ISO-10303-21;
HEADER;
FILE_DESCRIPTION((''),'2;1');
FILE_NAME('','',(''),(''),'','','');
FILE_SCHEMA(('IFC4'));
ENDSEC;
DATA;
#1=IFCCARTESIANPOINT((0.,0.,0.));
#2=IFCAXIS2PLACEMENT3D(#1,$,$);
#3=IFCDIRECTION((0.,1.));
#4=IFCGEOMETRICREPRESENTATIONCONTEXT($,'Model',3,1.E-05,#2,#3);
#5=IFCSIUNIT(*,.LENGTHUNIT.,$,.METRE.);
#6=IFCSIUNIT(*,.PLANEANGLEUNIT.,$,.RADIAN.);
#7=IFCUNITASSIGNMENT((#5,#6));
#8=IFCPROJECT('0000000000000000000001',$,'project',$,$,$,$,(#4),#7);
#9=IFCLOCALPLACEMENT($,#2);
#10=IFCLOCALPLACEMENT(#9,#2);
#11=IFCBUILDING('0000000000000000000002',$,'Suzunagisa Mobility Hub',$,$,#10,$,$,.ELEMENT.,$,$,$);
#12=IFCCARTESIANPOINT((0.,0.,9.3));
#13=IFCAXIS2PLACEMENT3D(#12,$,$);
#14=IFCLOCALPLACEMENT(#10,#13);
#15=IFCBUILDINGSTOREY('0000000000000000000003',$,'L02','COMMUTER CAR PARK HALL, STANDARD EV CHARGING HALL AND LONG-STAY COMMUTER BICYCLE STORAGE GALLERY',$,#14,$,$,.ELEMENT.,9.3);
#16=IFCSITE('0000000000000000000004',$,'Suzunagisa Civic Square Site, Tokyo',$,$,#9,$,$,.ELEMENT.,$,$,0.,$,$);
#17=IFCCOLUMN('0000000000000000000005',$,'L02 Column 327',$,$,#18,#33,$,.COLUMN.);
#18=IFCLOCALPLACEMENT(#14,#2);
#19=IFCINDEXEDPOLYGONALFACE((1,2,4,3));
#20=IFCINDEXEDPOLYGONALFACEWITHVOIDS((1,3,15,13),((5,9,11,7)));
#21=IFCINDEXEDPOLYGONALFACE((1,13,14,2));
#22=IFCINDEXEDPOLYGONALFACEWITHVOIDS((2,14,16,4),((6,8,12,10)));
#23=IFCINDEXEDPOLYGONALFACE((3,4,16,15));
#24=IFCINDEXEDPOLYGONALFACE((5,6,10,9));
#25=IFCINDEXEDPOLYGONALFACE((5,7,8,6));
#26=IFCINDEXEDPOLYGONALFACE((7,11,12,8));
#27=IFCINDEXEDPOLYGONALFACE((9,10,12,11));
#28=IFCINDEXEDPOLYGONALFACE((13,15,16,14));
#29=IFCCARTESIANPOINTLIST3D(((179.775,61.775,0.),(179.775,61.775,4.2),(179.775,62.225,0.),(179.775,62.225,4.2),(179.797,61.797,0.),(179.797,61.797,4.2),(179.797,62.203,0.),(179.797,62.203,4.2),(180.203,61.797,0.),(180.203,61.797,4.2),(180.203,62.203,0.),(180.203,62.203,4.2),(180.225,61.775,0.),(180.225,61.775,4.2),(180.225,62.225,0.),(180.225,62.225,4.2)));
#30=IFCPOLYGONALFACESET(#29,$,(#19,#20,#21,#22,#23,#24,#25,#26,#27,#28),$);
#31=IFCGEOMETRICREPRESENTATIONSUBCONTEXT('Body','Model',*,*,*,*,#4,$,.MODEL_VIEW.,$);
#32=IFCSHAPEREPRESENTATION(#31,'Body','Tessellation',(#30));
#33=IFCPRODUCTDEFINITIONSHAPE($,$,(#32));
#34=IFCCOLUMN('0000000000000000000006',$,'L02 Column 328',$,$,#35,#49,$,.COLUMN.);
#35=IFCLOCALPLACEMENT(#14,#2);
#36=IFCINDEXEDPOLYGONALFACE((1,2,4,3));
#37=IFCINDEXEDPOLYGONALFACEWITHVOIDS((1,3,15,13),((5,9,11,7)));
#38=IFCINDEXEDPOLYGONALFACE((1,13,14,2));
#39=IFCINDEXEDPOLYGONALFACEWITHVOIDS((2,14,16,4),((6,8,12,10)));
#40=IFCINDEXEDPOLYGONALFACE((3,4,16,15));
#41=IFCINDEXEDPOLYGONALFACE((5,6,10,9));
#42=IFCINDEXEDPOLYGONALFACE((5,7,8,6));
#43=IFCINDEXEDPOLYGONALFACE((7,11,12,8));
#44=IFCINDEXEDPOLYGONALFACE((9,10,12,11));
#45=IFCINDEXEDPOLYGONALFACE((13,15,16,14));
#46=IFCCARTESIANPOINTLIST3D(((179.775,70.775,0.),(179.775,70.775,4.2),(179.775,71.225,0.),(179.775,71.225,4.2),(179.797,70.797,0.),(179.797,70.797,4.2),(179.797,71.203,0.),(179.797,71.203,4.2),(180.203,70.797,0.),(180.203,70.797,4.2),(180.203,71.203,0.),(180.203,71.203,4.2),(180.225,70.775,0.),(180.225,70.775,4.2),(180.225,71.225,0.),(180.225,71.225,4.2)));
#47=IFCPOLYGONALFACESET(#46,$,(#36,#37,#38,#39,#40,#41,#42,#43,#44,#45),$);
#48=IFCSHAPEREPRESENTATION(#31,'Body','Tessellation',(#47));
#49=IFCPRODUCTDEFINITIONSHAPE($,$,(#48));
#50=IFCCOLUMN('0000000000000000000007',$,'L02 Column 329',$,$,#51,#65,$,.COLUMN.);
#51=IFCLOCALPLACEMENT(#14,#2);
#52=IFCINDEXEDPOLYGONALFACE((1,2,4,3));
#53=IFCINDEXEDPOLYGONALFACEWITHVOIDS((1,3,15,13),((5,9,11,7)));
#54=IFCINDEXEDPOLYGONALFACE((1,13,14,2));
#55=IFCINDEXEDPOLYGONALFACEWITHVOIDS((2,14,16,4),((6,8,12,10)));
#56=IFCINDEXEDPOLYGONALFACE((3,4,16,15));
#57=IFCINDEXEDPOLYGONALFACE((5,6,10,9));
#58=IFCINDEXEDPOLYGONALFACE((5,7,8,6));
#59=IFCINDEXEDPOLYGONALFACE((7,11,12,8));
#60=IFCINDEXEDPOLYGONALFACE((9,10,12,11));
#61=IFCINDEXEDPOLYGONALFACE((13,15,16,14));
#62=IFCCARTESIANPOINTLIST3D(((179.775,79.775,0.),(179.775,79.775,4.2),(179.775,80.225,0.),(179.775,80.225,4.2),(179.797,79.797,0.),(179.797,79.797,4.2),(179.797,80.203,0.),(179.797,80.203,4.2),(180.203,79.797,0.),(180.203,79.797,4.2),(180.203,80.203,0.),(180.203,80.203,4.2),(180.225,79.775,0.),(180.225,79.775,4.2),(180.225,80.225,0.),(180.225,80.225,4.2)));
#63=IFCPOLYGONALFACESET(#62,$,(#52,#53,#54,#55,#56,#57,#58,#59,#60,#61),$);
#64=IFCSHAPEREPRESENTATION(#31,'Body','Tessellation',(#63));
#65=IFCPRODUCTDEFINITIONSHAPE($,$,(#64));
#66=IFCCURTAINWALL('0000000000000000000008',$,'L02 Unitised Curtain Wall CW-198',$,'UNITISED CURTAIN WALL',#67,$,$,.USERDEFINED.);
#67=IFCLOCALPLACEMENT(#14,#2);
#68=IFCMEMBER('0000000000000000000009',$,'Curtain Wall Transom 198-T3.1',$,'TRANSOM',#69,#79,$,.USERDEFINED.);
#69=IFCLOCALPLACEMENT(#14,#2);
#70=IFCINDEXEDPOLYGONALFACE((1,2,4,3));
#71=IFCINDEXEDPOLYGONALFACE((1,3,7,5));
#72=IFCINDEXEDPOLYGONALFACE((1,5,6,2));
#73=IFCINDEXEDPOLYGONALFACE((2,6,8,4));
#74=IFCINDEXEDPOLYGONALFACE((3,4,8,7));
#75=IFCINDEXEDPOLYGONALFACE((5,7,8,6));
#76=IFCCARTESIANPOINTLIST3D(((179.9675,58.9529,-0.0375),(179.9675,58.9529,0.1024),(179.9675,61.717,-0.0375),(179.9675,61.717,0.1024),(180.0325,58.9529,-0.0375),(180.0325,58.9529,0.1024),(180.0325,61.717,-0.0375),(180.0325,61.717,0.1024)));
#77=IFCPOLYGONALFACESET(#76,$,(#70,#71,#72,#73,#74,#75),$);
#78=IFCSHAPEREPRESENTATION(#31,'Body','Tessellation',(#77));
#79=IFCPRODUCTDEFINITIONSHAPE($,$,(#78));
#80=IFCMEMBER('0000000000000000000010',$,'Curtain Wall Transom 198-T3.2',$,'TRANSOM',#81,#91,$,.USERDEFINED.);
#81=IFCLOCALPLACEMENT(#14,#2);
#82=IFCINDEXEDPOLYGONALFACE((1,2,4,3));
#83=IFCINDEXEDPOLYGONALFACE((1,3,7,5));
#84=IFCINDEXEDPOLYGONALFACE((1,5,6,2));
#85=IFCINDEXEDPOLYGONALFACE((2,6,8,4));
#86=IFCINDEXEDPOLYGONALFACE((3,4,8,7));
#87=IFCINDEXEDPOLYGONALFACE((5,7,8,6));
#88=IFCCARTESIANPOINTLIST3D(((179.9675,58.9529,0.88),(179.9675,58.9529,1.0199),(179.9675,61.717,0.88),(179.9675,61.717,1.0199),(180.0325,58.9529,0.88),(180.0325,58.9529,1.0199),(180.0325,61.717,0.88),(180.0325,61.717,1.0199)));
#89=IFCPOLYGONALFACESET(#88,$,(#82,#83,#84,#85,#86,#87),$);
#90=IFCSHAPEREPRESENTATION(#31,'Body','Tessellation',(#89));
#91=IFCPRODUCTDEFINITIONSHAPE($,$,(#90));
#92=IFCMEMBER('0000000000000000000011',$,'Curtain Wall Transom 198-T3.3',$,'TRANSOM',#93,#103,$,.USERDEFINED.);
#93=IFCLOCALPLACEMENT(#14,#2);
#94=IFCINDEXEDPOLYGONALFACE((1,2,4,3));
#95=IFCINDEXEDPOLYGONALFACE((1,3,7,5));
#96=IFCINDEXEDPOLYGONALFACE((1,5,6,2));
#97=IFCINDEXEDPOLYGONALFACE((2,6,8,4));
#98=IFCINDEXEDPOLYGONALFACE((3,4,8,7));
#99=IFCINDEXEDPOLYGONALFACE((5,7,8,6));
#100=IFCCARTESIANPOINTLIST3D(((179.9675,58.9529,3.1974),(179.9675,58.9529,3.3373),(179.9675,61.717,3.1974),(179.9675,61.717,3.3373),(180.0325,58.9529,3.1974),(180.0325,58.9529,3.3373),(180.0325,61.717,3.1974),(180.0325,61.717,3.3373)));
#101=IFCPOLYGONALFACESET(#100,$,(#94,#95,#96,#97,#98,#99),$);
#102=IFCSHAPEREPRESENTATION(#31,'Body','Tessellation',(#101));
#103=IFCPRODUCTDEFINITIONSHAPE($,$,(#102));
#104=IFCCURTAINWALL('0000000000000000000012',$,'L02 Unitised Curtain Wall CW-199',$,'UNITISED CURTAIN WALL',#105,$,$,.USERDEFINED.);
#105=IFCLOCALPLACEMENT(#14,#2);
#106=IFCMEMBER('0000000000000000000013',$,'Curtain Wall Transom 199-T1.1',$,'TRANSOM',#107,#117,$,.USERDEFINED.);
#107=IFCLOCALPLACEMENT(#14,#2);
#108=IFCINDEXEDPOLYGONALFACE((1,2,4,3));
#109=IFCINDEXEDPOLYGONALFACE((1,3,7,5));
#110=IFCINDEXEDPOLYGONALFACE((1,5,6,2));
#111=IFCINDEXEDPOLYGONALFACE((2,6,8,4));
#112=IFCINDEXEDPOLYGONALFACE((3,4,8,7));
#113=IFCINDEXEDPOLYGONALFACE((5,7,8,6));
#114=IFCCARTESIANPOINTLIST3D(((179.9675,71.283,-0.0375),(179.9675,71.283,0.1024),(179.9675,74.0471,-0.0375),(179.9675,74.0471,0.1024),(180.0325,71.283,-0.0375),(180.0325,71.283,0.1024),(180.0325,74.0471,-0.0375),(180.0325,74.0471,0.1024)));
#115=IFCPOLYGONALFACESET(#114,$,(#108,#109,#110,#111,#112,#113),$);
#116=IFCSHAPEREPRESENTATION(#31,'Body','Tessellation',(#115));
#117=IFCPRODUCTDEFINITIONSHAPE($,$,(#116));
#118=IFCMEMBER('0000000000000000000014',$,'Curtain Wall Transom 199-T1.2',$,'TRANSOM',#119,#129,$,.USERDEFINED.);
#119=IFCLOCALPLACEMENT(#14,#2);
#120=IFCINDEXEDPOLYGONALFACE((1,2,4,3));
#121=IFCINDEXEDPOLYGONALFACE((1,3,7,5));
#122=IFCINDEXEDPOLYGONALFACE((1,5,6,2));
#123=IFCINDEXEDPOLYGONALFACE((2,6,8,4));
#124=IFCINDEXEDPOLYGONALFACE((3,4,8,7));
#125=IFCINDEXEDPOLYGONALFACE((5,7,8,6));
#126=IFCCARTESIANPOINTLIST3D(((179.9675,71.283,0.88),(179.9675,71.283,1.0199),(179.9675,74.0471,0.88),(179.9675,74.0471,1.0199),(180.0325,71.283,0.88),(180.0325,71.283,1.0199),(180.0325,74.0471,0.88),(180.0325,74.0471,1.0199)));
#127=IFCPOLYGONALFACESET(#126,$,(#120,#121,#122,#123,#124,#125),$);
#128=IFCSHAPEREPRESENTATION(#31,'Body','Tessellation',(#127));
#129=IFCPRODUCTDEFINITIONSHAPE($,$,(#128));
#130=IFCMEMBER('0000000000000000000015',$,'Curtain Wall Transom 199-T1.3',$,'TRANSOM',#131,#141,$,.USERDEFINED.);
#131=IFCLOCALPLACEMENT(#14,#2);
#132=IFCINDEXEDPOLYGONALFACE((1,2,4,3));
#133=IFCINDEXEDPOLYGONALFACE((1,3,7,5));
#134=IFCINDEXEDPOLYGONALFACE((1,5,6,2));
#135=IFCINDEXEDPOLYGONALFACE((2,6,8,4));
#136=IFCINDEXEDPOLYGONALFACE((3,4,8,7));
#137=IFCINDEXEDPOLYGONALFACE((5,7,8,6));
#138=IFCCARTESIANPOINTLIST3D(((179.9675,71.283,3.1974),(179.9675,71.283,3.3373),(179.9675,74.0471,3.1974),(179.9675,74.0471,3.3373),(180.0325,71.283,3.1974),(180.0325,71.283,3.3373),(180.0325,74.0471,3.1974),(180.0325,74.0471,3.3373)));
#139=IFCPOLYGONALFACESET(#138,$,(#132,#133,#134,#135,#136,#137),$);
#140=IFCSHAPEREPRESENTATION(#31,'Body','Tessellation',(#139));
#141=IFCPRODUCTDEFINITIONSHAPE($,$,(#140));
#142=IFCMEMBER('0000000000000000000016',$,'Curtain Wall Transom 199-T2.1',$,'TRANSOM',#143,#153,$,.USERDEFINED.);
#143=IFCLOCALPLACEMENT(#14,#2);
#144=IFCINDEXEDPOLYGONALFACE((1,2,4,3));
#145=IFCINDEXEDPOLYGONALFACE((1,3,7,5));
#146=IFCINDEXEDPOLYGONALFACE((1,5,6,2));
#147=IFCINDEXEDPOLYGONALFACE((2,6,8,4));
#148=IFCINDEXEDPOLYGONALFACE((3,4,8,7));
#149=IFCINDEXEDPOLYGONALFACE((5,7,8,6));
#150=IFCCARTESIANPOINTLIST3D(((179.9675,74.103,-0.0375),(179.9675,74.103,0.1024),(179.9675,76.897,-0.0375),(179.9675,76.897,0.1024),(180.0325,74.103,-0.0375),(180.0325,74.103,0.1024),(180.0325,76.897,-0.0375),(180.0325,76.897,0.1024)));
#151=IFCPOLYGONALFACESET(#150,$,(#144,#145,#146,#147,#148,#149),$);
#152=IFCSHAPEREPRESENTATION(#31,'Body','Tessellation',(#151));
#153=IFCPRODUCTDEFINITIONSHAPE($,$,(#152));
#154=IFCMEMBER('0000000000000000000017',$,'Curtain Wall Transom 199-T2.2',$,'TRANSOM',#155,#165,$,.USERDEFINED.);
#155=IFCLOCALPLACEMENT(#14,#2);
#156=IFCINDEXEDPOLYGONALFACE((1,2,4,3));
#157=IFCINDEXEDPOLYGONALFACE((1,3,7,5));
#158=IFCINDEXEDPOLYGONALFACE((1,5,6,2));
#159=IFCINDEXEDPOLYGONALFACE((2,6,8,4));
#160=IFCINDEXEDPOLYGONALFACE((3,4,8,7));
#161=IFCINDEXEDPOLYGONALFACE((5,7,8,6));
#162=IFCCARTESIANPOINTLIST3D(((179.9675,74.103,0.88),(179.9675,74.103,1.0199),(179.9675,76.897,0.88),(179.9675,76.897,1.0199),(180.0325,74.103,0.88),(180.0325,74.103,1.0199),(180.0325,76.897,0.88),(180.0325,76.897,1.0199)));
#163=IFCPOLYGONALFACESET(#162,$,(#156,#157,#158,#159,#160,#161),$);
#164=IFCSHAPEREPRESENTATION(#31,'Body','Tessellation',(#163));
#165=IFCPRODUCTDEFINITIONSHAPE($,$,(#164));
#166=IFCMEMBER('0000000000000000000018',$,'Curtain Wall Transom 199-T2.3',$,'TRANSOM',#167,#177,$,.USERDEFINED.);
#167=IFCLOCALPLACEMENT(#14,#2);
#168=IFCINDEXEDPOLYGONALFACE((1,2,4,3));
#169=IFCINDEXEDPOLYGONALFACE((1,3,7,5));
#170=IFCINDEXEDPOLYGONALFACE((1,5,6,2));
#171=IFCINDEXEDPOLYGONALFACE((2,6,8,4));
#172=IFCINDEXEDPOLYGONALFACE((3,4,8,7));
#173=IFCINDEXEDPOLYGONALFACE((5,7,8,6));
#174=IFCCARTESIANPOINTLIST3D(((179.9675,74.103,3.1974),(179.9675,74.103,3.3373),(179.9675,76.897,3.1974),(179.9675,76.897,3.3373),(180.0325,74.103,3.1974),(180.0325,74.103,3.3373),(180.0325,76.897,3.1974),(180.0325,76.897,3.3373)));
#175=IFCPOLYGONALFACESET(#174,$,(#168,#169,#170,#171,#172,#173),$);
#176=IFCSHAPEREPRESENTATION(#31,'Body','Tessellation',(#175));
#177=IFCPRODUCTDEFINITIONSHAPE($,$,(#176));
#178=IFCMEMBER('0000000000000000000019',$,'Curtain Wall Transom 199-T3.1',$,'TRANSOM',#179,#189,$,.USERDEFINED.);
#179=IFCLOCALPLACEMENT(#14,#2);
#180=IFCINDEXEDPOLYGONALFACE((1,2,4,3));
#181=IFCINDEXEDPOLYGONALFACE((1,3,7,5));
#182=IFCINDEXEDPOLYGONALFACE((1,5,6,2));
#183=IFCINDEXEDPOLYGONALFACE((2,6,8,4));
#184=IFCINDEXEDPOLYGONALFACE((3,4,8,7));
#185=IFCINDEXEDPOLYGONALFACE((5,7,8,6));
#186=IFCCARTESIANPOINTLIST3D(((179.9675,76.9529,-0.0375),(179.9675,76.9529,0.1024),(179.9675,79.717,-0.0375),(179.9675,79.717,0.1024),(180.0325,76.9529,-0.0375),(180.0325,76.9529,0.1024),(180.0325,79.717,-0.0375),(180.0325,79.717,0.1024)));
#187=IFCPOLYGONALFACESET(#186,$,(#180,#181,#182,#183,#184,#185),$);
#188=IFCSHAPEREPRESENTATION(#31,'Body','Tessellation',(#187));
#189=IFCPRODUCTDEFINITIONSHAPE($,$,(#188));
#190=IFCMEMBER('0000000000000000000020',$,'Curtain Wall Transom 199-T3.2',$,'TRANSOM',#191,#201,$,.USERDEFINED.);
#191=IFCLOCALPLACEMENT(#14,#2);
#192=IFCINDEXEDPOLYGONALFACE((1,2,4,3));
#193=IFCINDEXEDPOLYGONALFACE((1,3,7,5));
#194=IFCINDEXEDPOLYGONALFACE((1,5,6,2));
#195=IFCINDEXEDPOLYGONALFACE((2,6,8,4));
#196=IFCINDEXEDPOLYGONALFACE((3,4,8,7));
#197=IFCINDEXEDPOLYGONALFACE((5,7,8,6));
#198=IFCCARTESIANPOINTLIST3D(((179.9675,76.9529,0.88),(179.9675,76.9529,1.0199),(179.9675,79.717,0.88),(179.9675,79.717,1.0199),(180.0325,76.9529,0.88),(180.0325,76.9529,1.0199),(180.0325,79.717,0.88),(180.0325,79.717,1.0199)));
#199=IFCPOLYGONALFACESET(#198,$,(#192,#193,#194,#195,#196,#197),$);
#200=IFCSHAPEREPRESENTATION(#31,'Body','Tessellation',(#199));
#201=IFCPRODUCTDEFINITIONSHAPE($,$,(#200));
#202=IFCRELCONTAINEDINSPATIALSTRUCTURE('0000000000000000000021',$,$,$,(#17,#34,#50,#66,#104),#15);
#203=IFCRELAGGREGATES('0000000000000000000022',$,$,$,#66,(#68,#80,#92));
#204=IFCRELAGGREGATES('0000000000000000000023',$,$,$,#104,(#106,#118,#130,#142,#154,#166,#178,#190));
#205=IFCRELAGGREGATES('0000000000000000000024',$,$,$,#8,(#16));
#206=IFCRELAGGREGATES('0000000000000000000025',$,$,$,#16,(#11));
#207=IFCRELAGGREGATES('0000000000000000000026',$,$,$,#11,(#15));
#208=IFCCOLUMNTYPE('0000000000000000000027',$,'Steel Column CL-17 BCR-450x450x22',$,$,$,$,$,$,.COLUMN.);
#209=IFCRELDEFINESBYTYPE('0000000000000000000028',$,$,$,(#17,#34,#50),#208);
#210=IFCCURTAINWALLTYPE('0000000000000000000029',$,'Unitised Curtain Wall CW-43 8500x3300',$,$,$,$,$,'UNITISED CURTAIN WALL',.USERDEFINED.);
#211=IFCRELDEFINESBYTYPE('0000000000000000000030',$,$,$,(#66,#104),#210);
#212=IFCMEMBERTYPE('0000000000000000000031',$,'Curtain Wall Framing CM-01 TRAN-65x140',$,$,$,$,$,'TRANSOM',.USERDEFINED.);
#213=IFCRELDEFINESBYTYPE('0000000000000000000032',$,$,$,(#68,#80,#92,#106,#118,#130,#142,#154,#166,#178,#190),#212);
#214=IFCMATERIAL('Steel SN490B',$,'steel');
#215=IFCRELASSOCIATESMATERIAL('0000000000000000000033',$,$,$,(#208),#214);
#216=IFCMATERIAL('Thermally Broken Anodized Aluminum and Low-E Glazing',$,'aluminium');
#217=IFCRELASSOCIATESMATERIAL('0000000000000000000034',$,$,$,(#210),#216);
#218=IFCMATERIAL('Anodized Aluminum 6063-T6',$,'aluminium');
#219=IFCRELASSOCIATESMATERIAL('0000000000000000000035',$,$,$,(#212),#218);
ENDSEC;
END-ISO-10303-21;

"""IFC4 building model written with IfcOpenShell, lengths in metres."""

from ifc_helpers import new_model, si_unit, direction, frame, origin, origin_2d, place, context, subcontext, project, spatial, rectangle, hollow_rectangle, extrude, material, material_profile, profile_set, type_object, element, aggregate, save


model = new_model("IFC4")

# Units and contexts
model_context = context("Model", 3, precision=1e-05, world=origin(), true_north=direction((0.0, 1.0)))
body_context = subcontext(model_context, "Body", "Model", "MODEL_VIEW")
ifc_project = project(units=[si_unit("LENGTHUNIT", "METRE"), si_unit("PLANEANGLEUNIT", "RADIAN")], contexts=[model_context])

# Site, building, storey
site_placement = place(None, origin())
site = spatial("IfcSite", under=ifc_project, at=site_placement, Name="Suzunagisa Civic Square Site, Tokyo", CompositionType="ELEMENT", RefElevation=0.0)
building_placement = place(site_placement, origin())
building = spatial("IfcBuilding", under=site, at=building_placement, Name="Suzunagisa Mobility Hub", CompositionType="ELEMENT")
storey_placement = place(building_placement, frame((0.0, 0.0, 9.3)))
storey = spatial("IfcBuildingStorey", under=building, at=storey_placement, Name="L02", Description="COMMUTER CAR PARK HALL, STANDARD EV CHARGING HALL AND LONG-STAY COMMUTER BICYCLE STORAGE GALLERY", CompositionType="ELEMENT", Elevation=9.3)

# Columns
ifc_material_1 = material(Name="Steel SN490B", Category="steel")
ifc_material_profile_1 = material_profile(ifc_material_1, hollow_rectangle(XDim=0.45, YDim=0.45, WallThickness=0.022, at=origin_2d()), Name="BCR-450x450x22")
ifc_profile_set_1 = profile_set([ifc_material_profile_1], Name="Steel SN490B")
column_type = type_object("IfcColumnType", Name="Steel Column CL-17 BCR-450x450x22", PredefinedType="COLUMN", material=ifc_profile_set_1)
for number, where, z_axis, x_axis, name in (
    (1, (180.0, 62.0, 0.0), (0.0, 0.0, 1.0), (1.0, 0.0, 0.0), "L02 Column 327"),
    (2, (180.0, 71.0, 0.0), (0.0, 0.0, 1.0), (1.0, 0.0, 0.0), "L02 Column 328"),
    (3, (180.0, 80.0, 0.0), (0.0, 0.0, 1.0), (1.0, 0.0, 0.0), "L02 Column 329"),
):
    element("IfcColumn", number, at=place(storey_placement, frame(where, z_axis=z_axis, x_axis=x_axis)), inside=storey, type_object=column_type, Name=name, PredefinedType="COLUMN", context=body_context, shape_type="SweptSolid", body=[
        extrude(hollow_rectangle(XDim=0.45, YDim=0.45, WallThickness=0.022, at=origin_2d()), origin(), (0.0, 0.0, 1.0), 4.2),
    ])

# Curtain walls, members
ifc_material_2 = material(Name="Thermally Broken Anodized Aluminum and Low-E Glazing", Category="aluminium")
curtain_wall_type = type_object("IfcCurtainWallType", Name="Unitised Curtain Wall CW-43 8500x3300", ElementType="UNITISED CURTAIN WALL", PredefinedType="USERDEFINED", material=ifc_material_2)
curtain_wall_1_placement = place(storey_placement, origin())
curtain_wall_1 = element("IfcCurtainWall", 4, at=curtain_wall_1_placement, inside=storey, type_object=curtain_wall_type, Name="L02 Unitised Curtain Wall CW-198", ObjectType="UNITISED CURTAIN WALL", PredefinedType="USERDEFINED")
ifc_material_3 = material(Name="Anodized Aluminum 6063-T6", Category="aluminium")
ifc_material_profile_2 = material_profile(ifc_material_3, rectangle(XDim=0.0649, YDim=0.1399, at=origin_2d()), Name="TRAN-65x140")
ifc_profile_set_2 = profile_set([ifc_material_profile_2], Name="Anodized Aluminum 6063-T6")
member_type_1 = type_object("IfcMemberType", Name="Curtain Wall Framing CM-01 TRAN-65x140", ElementType="TRANSOM", PredefinedType="USERDEFINED", material=ifc_profile_set_2)
member_1_placement = place(storey_placement, frame((180.0, 58.9529, 0.0325), z_axis=(0.0, 1.0, 0.0), x_axis=(-1.0, 0.0, 0.0)))
member_1 = element("IfcMember", 5, at=member_1_placement, type_object=member_type_1, Name="Curtain Wall Transom 198-T3.1", ObjectType="TRANSOM", PredefinedType="USERDEFINED", context=body_context, shape_type="SweptSolid", body=[
    extrude(rectangle(XDim=0.0649, YDim=0.1399, at=origin_2d()), origin(), (0.0, 0.0, 1.0), 2.7642),
])
member_2_placement = place(storey_placement, frame((180.0, 58.9529, 0.95), z_axis=(0.0, 1.0, 0.0), x_axis=(-1.0, 0.0, 0.0)))
member_2 = element("IfcMember", 6, at=member_2_placement, type_object=member_type_1, Name="Curtain Wall Transom 198-T3.2", ObjectType="TRANSOM", PredefinedType="USERDEFINED", context=body_context, shape_type="SweptSolid", body=[
    extrude(rectangle(XDim=0.0649, YDim=0.1399, at=origin_2d()), origin(), (0.0, 0.0, 1.0), 2.7642),
])
member_3_placement = place(storey_placement, frame((180.0, 58.9529, 3.2673), z_axis=(0.0, 1.0, 0.0), x_axis=(-1.0, 0.0, 0.0)))
member_3 = element("IfcMember", 7, at=member_3_placement, type_object=member_type_1, Name="Curtain Wall Transom 198-T3.3", ObjectType="TRANSOM", PredefinedType="USERDEFINED", context=body_context, shape_type="SweptSolid", body=[
    extrude(rectangle(XDim=0.0649, YDim=0.1399, at=origin_2d()), origin(), (0.0, 0.0, 1.0), 2.7642),
])
curtain_wall_2_placement = place(storey_placement, origin())
curtain_wall_2 = element("IfcCurtainWall", 8, at=curtain_wall_2_placement, inside=storey, type_object=curtain_wall_type, Name="L02 Unitised Curtain Wall CW-199", ObjectType="UNITISED CURTAIN WALL", PredefinedType="USERDEFINED")
member_4_placement = place(storey_placement, frame((180.0, 71.283, 0.0325), z_axis=(0.0, 1.0, 0.0), x_axis=(-1.0, 0.0, 0.0)))
member_4 = element("IfcMember", 9, at=member_4_placement, type_object=member_type_1, Name="Curtain Wall Transom 199-T1.1", ObjectType="TRANSOM", PredefinedType="USERDEFINED", context=body_context, shape_type="SweptSolid", body=[
    extrude(rectangle(XDim=0.0649, YDim=0.1399, at=origin_2d()), origin(), (0.0, 0.0, 1.0), 2.7642),
])
member_5_placement = place(storey_placement, frame((180.0, 71.283, 0.95), z_axis=(0.0, 1.0, 0.0), x_axis=(-1.0, 0.0, 0.0)))
member_5 = element("IfcMember", 10, at=member_5_placement, type_object=member_type_1, Name="Curtain Wall Transom 199-T1.2", ObjectType="TRANSOM", PredefinedType="USERDEFINED", context=body_context, shape_type="SweptSolid", body=[
    extrude(rectangle(XDim=0.0649, YDim=0.1399, at=origin_2d()), origin(), (0.0, 0.0, 1.0), 2.7642),
])
member_6_placement = place(storey_placement, frame((180.0, 71.283, 3.2673), z_axis=(0.0, 1.0, 0.0), x_axis=(-1.0, 0.0, 0.0)))
member_6 = element("IfcMember", 11, at=member_6_placement, type_object=member_type_1, Name="Curtain Wall Transom 199-T1.3", ObjectType="TRANSOM", PredefinedType="USERDEFINED", context=body_context, shape_type="SweptSolid", body=[
    extrude(rectangle(XDim=0.0649, YDim=0.1399, at=origin_2d()), origin(), (0.0, 0.0, 1.0), 2.7642),
])
member_7_placement = place(storey_placement, frame((180.0, 74.103, 0.0325), z_axis=(0.0, 1.0, 0.0), x_axis=(-1.0, 0.0, 0.0)))
member_7 = element("IfcMember", 12, at=member_7_placement, type_object=member_type_1, Name="Curtain Wall Transom 199-T2.1", ObjectType="TRANSOM", PredefinedType="USERDEFINED", context=body_context, shape_type="SweptSolid", body=[
    extrude(rectangle(XDim=0.0649, YDim=0.1399, at=origin_2d()), origin(), (0.0, 0.0, 1.0), 2.7939),
])
member_8_placement = place(storey_placement, frame((180.0, 74.103, 0.95), z_axis=(0.0, 1.0, 0.0), x_axis=(-1.0, 0.0, 0.0)))
member_8 = element("IfcMember", 13, at=member_8_placement, type_object=member_type_1, Name="Curtain Wall Transom 199-T2.2", ObjectType="TRANSOM", PredefinedType="USERDEFINED", context=body_context, shape_type="SweptSolid", body=[
    extrude(rectangle(XDim=0.0649, YDim=0.1399, at=origin_2d()), origin(), (0.0, 0.0, 1.0), 2.7939),
])
member_9_placement = place(storey_placement, frame((180.0, 74.103, 3.2673), z_axis=(0.0, 1.0, 0.0), x_axis=(-1.0, 0.0, 0.0)))
member_9 = element("IfcMember", 14, at=member_9_placement, type_object=member_type_1, Name="Curtain Wall Transom 199-T2.3", ObjectType="TRANSOM", PredefinedType="USERDEFINED", context=body_context, shape_type="SweptSolid", body=[
    extrude(rectangle(XDim=0.0649, YDim=0.1399, at=origin_2d()), origin(), (0.0, 0.0, 1.0), 2.7939),
])
member_10_placement = place(storey_placement, frame((180.0, 76.9529, 0.0325), z_axis=(0.0, 1.0, 0.0), x_axis=(-1.0, 0.0, 0.0)))
member_10 = element("IfcMember", 15, at=member_10_placement, type_object=member_type_1, Name="Curtain Wall Transom 199-T3.1", ObjectType="TRANSOM", PredefinedType="USERDEFINED", context=body_context, shape_type="SweptSolid", body=[
    extrude(rectangle(XDim=0.0649, YDim=0.1399, at=origin_2d()), origin(), (0.0, 0.0, 1.0), 2.7642),
])
member_11_placement = place(storey_placement, frame((180.0, 76.9529, 0.95), z_axis=(0.0, 1.0, 0.0), x_axis=(-1.0, 0.0, 0.0)))
member_11 = element("IfcMember", 16, at=member_11_placement, type_object=member_type_1, Name="Curtain Wall Transom 199-T3.2", ObjectType="TRANSOM", PredefinedType="USERDEFINED", context=body_context, shape_type="SweptSolid", body=[
    extrude(rectangle(XDim=0.0649, YDim=0.1399, at=origin_2d()), origin(), (0.0, 0.0, 1.0), 2.7642),
])

aggregate(curtain_wall_1, [member_1, member_2, member_3])
aggregate(curtain_wall_2, [member_4, member_5, member_6, member_7, member_8, member_9, member_10, member_11])

save(model, "model.ifc")
